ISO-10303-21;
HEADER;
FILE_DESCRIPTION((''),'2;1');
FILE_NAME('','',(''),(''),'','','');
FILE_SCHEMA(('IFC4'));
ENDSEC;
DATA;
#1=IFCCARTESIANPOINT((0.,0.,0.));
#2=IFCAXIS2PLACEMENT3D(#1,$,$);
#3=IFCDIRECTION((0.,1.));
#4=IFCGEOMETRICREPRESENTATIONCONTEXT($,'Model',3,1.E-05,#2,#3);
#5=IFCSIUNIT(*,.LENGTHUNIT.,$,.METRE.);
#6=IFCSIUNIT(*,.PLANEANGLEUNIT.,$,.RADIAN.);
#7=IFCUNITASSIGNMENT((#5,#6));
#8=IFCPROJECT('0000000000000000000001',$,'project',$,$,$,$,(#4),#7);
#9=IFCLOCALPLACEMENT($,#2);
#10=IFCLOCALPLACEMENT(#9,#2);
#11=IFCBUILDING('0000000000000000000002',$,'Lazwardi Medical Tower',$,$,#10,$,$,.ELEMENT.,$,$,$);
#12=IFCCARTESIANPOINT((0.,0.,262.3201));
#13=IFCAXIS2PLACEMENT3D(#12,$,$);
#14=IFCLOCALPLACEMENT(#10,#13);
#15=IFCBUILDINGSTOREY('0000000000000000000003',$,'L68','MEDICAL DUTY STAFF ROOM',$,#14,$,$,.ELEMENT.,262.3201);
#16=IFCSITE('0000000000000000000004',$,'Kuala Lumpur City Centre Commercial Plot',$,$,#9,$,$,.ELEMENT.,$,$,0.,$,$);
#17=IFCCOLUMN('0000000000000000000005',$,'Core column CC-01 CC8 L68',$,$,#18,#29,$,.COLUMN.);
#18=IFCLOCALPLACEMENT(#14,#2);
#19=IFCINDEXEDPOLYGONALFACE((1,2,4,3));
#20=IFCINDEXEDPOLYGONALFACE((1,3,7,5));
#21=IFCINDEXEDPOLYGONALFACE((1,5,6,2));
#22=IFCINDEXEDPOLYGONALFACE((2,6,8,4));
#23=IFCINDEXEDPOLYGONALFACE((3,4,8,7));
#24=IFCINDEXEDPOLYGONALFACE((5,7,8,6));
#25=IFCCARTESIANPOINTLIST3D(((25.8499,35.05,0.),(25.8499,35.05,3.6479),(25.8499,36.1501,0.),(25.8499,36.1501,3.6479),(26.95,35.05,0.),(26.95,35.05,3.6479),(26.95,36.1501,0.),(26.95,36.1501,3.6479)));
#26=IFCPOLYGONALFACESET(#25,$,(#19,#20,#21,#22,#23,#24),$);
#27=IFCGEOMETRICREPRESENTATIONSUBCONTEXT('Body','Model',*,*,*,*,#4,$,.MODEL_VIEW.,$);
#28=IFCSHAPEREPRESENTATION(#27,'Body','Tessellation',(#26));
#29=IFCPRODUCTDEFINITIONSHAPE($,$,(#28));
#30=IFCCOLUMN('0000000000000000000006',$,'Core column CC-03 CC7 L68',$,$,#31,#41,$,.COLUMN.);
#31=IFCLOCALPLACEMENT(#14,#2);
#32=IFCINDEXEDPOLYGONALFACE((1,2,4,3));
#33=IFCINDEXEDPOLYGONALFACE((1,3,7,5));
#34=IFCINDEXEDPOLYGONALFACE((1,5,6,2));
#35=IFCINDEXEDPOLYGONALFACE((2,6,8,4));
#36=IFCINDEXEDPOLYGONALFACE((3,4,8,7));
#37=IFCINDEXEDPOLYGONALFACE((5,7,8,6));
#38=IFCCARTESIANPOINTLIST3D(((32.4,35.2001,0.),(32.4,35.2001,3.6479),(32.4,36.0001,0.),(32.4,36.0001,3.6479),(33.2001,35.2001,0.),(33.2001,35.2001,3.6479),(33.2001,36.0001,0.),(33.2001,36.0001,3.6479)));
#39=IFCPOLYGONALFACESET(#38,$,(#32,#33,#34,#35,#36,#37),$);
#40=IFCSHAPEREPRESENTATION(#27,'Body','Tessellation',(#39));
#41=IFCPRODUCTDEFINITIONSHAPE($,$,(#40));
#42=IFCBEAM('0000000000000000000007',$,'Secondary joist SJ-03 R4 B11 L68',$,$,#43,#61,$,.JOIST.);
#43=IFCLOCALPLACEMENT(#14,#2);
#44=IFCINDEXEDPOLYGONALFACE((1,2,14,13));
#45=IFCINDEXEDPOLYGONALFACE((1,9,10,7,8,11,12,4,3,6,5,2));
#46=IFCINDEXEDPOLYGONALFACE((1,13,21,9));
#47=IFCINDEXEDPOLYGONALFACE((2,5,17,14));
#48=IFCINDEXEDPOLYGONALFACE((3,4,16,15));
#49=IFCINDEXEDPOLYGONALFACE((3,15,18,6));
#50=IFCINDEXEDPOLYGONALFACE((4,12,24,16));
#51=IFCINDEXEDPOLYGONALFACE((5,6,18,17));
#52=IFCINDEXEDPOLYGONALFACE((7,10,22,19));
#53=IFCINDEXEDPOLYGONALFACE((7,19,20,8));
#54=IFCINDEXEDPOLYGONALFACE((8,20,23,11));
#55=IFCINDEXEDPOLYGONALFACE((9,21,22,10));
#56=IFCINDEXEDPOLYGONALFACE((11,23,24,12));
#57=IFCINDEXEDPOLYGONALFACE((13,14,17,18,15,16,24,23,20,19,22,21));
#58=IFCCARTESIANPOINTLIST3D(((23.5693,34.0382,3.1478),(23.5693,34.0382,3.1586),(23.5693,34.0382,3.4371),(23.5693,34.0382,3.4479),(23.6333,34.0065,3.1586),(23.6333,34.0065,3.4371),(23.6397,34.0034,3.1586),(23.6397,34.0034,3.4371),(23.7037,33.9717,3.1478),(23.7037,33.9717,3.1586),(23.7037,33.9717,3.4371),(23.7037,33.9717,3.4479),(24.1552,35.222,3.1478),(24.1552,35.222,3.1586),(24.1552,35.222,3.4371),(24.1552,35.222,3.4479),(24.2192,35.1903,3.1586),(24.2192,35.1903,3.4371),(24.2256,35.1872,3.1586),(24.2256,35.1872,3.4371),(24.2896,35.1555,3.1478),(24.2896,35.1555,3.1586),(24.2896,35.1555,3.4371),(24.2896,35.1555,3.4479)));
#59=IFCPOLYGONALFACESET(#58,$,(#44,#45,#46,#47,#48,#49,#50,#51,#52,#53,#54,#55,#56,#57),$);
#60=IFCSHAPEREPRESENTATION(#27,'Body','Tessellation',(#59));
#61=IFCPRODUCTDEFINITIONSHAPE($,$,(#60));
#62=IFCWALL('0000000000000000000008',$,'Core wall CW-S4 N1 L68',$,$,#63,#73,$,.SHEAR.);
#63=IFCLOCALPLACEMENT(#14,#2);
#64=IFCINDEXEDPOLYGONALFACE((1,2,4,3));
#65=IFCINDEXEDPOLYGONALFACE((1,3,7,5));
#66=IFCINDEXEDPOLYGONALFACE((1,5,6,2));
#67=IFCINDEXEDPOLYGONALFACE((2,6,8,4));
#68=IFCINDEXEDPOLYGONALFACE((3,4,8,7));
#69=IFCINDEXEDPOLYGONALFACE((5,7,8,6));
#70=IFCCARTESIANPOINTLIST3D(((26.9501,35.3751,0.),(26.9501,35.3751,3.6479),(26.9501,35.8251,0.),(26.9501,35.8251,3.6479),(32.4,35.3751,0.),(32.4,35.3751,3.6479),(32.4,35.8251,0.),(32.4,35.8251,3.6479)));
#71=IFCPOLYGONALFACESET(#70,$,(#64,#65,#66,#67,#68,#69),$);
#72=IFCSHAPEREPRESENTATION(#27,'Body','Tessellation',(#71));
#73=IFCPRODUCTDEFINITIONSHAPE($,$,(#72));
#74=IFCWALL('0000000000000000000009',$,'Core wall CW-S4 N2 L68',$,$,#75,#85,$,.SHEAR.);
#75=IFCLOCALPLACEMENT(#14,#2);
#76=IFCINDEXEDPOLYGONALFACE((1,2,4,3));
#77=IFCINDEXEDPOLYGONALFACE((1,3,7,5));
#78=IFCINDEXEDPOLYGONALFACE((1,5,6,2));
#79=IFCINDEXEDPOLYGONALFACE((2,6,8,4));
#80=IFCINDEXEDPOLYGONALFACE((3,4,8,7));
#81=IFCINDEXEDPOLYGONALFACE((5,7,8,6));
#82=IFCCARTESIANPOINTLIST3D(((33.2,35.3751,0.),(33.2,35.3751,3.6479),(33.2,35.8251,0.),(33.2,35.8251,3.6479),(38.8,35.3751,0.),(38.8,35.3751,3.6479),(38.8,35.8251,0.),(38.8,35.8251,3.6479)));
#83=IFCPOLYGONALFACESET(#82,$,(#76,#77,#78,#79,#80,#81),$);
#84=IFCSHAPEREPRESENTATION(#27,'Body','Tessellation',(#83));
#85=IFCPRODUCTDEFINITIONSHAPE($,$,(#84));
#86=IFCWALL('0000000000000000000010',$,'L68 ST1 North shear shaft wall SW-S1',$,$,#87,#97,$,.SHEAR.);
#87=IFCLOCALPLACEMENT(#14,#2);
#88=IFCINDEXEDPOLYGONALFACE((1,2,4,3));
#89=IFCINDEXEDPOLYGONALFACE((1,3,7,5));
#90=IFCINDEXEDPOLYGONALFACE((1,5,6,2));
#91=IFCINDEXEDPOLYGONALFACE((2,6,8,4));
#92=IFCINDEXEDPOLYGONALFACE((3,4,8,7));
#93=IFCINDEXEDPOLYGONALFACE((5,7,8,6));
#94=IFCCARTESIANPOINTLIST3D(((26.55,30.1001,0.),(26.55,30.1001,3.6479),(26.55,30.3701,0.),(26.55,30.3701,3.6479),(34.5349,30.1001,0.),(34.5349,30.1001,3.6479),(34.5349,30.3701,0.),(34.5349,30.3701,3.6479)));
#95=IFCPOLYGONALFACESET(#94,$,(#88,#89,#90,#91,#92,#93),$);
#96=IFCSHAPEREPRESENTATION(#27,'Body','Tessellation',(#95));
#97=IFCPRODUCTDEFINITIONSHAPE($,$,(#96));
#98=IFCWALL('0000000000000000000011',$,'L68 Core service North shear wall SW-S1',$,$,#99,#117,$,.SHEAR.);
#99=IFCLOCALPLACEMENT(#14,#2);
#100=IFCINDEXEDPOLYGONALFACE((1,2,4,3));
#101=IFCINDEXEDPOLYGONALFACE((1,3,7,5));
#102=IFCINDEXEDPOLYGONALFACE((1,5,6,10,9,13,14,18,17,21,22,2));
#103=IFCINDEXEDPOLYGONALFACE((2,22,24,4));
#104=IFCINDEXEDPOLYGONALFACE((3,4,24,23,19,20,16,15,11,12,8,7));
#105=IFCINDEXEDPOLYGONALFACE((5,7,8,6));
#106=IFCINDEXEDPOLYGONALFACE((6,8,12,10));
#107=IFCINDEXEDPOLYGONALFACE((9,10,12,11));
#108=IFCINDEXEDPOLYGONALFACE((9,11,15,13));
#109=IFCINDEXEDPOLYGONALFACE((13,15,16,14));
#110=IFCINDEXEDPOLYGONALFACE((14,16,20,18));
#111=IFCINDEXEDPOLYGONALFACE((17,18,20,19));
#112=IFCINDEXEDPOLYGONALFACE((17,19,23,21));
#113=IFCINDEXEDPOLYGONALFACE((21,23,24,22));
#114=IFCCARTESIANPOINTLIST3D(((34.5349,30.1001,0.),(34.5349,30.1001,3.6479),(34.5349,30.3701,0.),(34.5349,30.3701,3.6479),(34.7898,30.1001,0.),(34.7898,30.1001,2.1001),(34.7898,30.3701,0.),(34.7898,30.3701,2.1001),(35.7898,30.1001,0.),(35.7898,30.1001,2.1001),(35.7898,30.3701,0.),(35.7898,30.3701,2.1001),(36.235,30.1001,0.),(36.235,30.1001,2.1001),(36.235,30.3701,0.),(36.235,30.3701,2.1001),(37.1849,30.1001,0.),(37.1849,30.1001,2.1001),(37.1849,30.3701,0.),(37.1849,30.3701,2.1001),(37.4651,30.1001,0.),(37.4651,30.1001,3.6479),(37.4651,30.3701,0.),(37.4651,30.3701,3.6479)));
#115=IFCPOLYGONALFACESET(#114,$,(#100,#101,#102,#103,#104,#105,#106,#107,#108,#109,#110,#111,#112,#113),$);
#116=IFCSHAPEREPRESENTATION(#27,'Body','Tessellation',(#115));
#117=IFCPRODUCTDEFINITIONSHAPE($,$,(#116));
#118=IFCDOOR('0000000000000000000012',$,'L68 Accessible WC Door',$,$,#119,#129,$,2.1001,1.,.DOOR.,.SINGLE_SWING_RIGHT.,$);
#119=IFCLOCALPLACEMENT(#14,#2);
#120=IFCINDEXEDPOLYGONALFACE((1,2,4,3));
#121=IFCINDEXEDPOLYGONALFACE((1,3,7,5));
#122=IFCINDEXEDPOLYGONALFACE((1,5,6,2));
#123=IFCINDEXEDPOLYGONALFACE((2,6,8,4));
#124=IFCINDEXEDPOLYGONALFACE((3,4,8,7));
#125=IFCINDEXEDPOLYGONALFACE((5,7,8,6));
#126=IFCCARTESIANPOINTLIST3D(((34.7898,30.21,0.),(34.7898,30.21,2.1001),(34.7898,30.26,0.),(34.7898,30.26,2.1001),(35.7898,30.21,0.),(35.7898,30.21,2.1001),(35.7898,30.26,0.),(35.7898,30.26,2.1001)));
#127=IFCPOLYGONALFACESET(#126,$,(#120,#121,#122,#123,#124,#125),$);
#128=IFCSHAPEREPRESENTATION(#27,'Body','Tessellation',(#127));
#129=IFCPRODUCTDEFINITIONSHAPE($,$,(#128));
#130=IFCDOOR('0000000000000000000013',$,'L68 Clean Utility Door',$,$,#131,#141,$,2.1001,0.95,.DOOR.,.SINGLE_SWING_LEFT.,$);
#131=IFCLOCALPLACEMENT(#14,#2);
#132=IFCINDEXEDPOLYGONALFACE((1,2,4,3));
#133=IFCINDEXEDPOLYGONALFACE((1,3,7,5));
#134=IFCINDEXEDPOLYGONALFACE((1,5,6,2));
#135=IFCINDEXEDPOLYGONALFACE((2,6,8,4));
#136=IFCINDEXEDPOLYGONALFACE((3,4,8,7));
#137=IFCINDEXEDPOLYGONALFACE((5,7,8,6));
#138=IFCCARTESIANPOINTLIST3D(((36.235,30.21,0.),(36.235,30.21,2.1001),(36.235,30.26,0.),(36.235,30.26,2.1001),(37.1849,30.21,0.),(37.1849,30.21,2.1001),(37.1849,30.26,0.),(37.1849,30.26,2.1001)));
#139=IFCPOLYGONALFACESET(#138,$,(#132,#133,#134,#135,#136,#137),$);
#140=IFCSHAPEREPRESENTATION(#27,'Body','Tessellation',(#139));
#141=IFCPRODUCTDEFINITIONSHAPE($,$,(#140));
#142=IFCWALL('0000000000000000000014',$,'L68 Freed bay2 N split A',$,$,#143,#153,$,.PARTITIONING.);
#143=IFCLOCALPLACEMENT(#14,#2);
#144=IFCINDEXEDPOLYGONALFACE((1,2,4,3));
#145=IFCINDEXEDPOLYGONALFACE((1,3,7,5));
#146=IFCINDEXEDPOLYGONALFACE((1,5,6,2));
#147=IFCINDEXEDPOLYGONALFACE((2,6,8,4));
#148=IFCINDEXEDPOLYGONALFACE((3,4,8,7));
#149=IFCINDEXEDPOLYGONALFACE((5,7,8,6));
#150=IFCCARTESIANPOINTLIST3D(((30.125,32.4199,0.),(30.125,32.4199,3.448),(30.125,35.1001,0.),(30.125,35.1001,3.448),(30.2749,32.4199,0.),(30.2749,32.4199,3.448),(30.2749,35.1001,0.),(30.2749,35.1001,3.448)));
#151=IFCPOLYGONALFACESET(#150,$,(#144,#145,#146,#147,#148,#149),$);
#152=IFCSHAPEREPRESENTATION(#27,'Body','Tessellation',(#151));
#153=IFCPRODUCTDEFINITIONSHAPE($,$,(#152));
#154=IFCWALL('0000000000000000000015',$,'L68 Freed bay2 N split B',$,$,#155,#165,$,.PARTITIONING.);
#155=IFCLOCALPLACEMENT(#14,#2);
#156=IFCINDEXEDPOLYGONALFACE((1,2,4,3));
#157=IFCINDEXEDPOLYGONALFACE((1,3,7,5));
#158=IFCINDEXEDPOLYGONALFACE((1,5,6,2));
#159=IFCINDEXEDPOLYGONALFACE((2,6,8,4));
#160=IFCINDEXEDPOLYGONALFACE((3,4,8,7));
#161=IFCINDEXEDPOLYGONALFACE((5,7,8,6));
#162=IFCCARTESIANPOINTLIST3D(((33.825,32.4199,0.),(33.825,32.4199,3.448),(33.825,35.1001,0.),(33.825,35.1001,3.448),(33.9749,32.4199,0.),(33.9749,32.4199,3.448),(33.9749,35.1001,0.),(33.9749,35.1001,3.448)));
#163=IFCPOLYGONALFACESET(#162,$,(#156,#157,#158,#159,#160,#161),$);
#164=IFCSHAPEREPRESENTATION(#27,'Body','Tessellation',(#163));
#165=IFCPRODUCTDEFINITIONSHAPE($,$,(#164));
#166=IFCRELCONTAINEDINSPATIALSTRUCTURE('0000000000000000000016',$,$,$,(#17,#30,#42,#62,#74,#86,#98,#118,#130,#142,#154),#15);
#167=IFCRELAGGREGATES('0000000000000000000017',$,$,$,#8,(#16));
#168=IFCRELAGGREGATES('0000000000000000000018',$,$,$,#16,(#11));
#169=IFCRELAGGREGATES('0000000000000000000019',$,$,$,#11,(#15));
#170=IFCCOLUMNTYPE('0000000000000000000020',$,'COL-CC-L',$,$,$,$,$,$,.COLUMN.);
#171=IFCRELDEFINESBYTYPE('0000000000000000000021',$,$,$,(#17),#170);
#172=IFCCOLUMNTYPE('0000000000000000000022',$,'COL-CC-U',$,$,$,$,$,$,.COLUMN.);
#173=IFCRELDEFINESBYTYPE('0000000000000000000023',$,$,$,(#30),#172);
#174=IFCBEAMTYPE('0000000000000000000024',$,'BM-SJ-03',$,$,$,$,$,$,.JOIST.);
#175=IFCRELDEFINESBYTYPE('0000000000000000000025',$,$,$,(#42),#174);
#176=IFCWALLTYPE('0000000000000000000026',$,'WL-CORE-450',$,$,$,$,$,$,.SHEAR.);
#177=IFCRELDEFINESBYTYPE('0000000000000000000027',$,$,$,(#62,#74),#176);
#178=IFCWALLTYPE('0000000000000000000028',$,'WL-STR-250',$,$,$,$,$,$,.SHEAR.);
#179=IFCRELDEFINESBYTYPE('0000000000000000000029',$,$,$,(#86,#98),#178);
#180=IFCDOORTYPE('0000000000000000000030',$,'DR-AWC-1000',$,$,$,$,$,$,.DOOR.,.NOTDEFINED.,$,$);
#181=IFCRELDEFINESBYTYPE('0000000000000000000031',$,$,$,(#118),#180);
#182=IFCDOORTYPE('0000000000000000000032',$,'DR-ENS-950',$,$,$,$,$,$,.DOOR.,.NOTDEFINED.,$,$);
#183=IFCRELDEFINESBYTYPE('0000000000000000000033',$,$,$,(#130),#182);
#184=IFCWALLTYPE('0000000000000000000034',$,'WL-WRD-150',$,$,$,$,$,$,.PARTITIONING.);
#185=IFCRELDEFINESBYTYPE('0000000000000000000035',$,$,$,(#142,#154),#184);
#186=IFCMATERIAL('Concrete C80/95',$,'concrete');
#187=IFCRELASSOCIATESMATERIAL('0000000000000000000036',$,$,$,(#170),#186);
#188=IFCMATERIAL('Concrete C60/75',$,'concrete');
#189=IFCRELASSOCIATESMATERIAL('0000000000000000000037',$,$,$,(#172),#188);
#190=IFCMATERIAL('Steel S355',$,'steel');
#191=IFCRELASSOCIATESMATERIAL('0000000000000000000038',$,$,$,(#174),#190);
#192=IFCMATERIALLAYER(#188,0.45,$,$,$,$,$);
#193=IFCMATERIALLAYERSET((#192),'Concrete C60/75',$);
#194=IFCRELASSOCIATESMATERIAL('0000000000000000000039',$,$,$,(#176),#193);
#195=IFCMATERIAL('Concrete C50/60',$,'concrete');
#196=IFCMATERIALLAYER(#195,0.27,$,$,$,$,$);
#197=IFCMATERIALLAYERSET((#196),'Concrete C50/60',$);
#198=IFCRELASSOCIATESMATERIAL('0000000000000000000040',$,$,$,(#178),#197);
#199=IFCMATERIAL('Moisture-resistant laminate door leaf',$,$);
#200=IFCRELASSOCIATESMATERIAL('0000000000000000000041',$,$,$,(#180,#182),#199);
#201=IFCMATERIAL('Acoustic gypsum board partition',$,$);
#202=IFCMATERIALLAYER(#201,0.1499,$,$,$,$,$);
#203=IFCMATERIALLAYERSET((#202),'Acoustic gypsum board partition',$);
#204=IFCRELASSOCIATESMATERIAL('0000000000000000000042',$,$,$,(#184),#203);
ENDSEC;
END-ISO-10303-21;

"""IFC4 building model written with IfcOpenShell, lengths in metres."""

from ifc_helpers import new_model, si_unit, direction, frame, frame_2d, origin, origin_2d, place, context, subcontext, project, spatial, rectangle, i_section, extrude, material, layer, layer_set, material_profile, profile_set, type_object, element, fill, save


model = new_model("IFC4")

# Units and contexts
model_context = context("Model", 3, precision=1e-05, world=origin(), true_north=direction((0.0, 1.0)))
body_context = subcontext(model_context, "Body", "Model", "MODEL_VIEW")
ifc_project = project(units=[si_unit("LENGTHUNIT", "METRE"), si_unit("PLANEANGLEUNIT", "RADIAN")], contexts=[model_context])

# Site, building, storey
site_placement = place(None, origin())
site = spatial("IfcSite", under=ifc_project, at=site_placement, Name="Kuala Lumpur City Centre Commercial Plot", CompositionType="ELEMENT", RefElevation=0.0)
building_placement = place(site_placement, origin())
building = spatial("IfcBuilding", under=site, at=building_placement, Name="Lazwardi Medical Tower", CompositionType="ELEMENT")
storey_placement = place(building_placement, frame((0.0, 0.0, 262.3201)))
storey = spatial("IfcBuildingStorey", under=building, at=storey_placement, Name="L68", Description="MEDICAL DUTY STAFF ROOM", CompositionType="ELEMENT", Elevation=262.3201)

# Columns
ifc_material_1 = material(Name="Concrete C80/95", Category="concrete")
ifc_material_profile_1 = material_profile(ifc_material_1, rectangle(XDim=1.1001, YDim=1.1001, at=origin_2d()), Name="RC 1100x1100")
ifc_profile_set_1 = profile_set([ifc_material_profile_1], Name="Concrete C80/95")
column_type_1 = type_object("IfcColumnType", Name="COL-CC-L", PredefinedType="COLUMN", material=ifc_profile_set_1)
column_1_placement = place(storey_placement, frame((26.3999, 35.6001, 0.0), z_axis=(0.0, 0.0, 1.0), x_axis=(1.0, 0.0, 0.0)))
element("IfcColumn", 1, at=column_1_placement, inside=storey, type_object=column_type_1, Name="Core column CC-01 CC8 L68", PredefinedType="COLUMN", context=body_context, shape_type="SweptSolid", body=[
    extrude(rectangle(XDim=1.1001, YDim=1.1001, at=origin_2d()), origin(), (0.0, 0.0, 1.0), 3.6479),
])
ifc_material_2 = material(Name="Concrete C60/75", Category="concrete")
ifc_material_profile_2 = material_profile(ifc_material_2, rectangle(XDim=0.8, YDim=0.8, at=origin_2d()), Name="RC 800x800")
ifc_profile_set_2 = profile_set([ifc_material_profile_2], Name="Concrete C60/75")
column_type_2 = type_object("IfcColumnType", Name="COL-CC-U", PredefinedType="COLUMN", material=ifc_profile_set_2)
column_2_placement = place(storey_placement, frame((32.8, 35.6001, 0.0), z_axis=(0.0, 0.0, 1.0), x_axis=(1.0, 0.0, 0.0)))
element("IfcColumn", 2, at=column_2_placement, inside=storey, type_object=column_type_2, Name="Core column CC-03 CC7 L68", PredefinedType="COLUMN", context=body_context, shape_type="SweptSolid", body=[
    extrude(rectangle(XDim=0.8, YDim=0.8, at=origin_2d()), origin(), (0.0, 0.0, 1.0), 3.6479),
])

# Beam
ifc_material_3 = material(Name="Steel S355", Category="steel")
ifc_material_profile_3 = material_profile(ifc_material_3, i_section(OverallWidth=0.1499, OverallDepth=0.3, WebThickness=0.0071, FlangeThickness=0.0107, at=origin_2d()), Name="IPE 300")
ifc_profile_set_3 = profile_set([ifc_material_profile_3], Name="Steel S355")
beam_type = type_object("IfcBeamType", Name="BM-SJ-03", PredefinedType="JOIST", material=ifc_profile_set_3)
beam_placement = place(storey_placement, frame((24.2224, 35.1887, 3.2979), z_axis=(-0.443587, -0.896231, 0.0), x_axis=(0.896231, -0.443587, 0.0)))
element("IfcBeam", 3, at=beam_placement, inside=storey, type_object=beam_type, Name="Secondary joist SJ-03 R4 B11 L68", PredefinedType="JOIST", context=body_context, shape_type="SweptSolid", body=[
    extrude(i_section(OverallWidth=0.1499, OverallDepth=0.3, WebThickness=0.0071, FlangeThickness=0.0107, at=origin_2d()), origin(), (0.0, 0.0, 1.0), 1.3208),
])

# Walls
ifc_layer_1 = layer(ifc_material_2, 0.45)
ifc_layer_set_1 = layer_set([ifc_layer_1], Name="Concrete C60/75")
wall_type_1 = type_object("IfcWallType", Name="WL-CORE-450", PredefinedType="SHEAR", material=ifc_layer_set_1)
wall_1_placement = place(storey_placement, frame((26.95, 35.6001, 0.0), z_axis=(0.0, 0.0, 1.0), x_axis=(1.0, 0.0, 0.0)))
element("IfcWall", 4, at=wall_1_placement, inside=storey, type_object=wall_type_1, Name="Core wall CW-S4 N1 L68", PredefinedType="SHEAR", context=body_context, shape_type="SweptSolid", body=[
    extrude(rectangle(XDim=5.45, YDim=0.45, at=frame_2d((2.7251, 0.0))), origin(), (0.0, 0.0, 1.0), 3.6479),
])
wall_2_placement = place(storey_placement, frame((33.2, 35.6001, 0.0), z_axis=(0.0, 0.0, 1.0), x_axis=(1.0, 0.0, 0.0)))
element("IfcWall", 5, at=wall_2_placement, inside=storey, type_object=wall_type_1, Name="Core wall CW-S4 N2 L68", PredefinedType="SHEAR", context=body_context, shape_type="SweptSolid", body=[
    extrude(rectangle(XDim=5.6001, YDim=0.45, at=frame_2d((2.8, 0.0))), origin(), (0.0, 0.0, 1.0), 3.6479),
])
ifc_material_4 = material(Name="Concrete C50/60", Category="concrete")
ifc_layer_2 = layer(ifc_material_4, 0.27)
ifc_layer_set_2 = layer_set([ifc_layer_2], Name="Concrete C50/60")
wall_type_2 = type_object("IfcWallType", Name="WL-STR-250", PredefinedType="SHEAR", material=ifc_layer_set_2)
wall_3_placement = place(storey_placement, frame((26.55, 30.2351, 0.0), z_axis=(0.0, 0.0, 1.0), x_axis=(1.0, 0.0, 0.0)))
element("IfcWall", 6, at=wall_3_placement, inside=storey, type_object=wall_type_2, Name="L68 ST1 North shear shaft wall SW-S1", PredefinedType="SHEAR", context=body_context, shape_type="SweptSolid", body=[
    extrude(rectangle(XDim=7.9849, YDim=0.27, at=frame_2d((3.9924, 0.0))), origin(), (0.0, 0.0, 1.0), 3.6479),
])

# Wall, openings, doors
wall_4_placement = place(storey_placement, frame((34.5349, 30.2351, 0.0), z_axis=(0.0, 0.0, 1.0), x_axis=(1.0, 0.0, 0.0)))
wall_4 = element("IfcWall", 7, at=wall_4_placement, inside=storey, type_object=wall_type_2, Name="L68 Core service North shear wall SW-S1", PredefinedType="SHEAR", context=body_context, shape_type="SweptSolid", body=[
    extrude(rectangle(XDim=2.9302, YDim=0.27, at=frame_2d((1.4651, 0.0))), origin(), (0.0, 0.0, 1.0), 3.6479),
])
opening_1_placement = place(wall_4_placement, frame((0.2549, 0.0, 0.0)))
opening_1 = element("IfcOpeningElement", 8, at=opening_1_placement, cuts=wall_4, PredefinedType="OPENING", context=body_context, shape_type="SweptSolid", body=[
    extrude(rectangle(XDim=1.0, YDim=2.1001, at=frame_2d((0.5, 1.05))), frame((0.0, 0.145, 0.0), z_axis=(0.0, -1.0, 0.0), x_axis=(1.0, 0.0, 0.0)), (0.0, 0.0, 1.0), 0.29),
])
opening_2_placement = place(wall_4_placement, frame((1.7, 0.0, 0.0)))
opening_2 = element("IfcOpeningElement", 9, at=opening_2_placement, cuts=wall_4, PredefinedType="OPENING", context=body_context, shape_type="SweptSolid", body=[
    extrude(rectangle(XDim=0.95, YDim=2.1001, at=frame_2d((0.4751, 1.05))), frame((0.0, 0.145, 0.0), z_axis=(0.0, -1.0, 0.0), x_axis=(1.0, 0.0, 0.0)), (0.0, 0.0, 1.0), 0.29),
])
ifc_material_5 = material(Name="Moisture-resistant laminate door leaf")
door_type_1 = type_object("IfcDoorType", Name="DR-AWC-1000", OperationType="NOTDEFINED", PredefinedType="DOOR", material=ifc_material_5)
door_1_placement = place(opening_1_placement, origin())
door_1 = element("IfcDoor", 10, at=door_1_placement, inside=storey, type_object=door_type_1, Name="L68 Accessible WC Door", OperationType="SINGLE_SWING_RIGHT", OverallHeight=2.1001, OverallWidth=1.0, PredefinedType="DOOR", context=body_context, shape_type="SweptSolid", body=[
    extrude(rectangle(XDim=1.0, YDim=2.1001, at=frame_2d((0.5, 1.05))), frame((0.0, 0.0249, 0.0), z_axis=(0.0, -1.0, 0.0), x_axis=(1.0, 0.0, 0.0)), (0.0, 0.0, 1.0), 0.05),
])
fill(opening_1, door_1)
door_type_2 = type_object("IfcDoorType", Name="DR-ENS-950", OperationType="NOTDEFINED", PredefinedType="DOOR", material=ifc_material_5)
door_2_placement = place(opening_2_placement, origin())
door_2 = element("IfcDoor", 11, at=door_2_placement, inside=storey, type_object=door_type_2, Name="L68 Clean Utility Door", OperationType="SINGLE_SWING_LEFT", OverallHeight=2.1001, OverallWidth=0.95, PredefinedType="DOOR", context=body_context, shape_type="SweptSolid", body=[
    extrude(rectangle(XDim=0.95, YDim=2.1001, at=frame_2d((0.4751, 1.05))), frame((0.0, 0.0249, 0.0), z_axis=(0.0, -1.0, 0.0), x_axis=(1.0, 0.0, 0.0)), (0.0, 0.0, 1.0), 0.05),
])
fill(opening_2, door_2)

# Walls
ifc_material_6 = material(Name="Acoustic gypsum board partition")
ifc_layer_3 = layer(ifc_material_6, 0.1499)
ifc_layer_set_3 = layer_set([ifc_layer_3], Name="Acoustic gypsum board partition")
wall_type_3 = type_object("IfcWallType", Name="WL-WRD-150", PredefinedType="PARTITIONING", material=ifc_layer_set_3)
for number, where, z_axis, x_axis, name in (
    (12, (30.2, 32.4199, 0.0), (0.0, 0.0, 1.0), (0.0, 1.0, 0.0), "L68 Freed bay2 N split A"),
    (13, (33.8999, 32.4199, 0.0), (0.0, 0.0, 1.0), (0.0, 1.0, 0.0), "L68 Freed bay2 N split B"),
):
    element("IfcWall", number, at=place(storey_placement, frame(where, z_axis=z_axis, x_axis=x_axis)), inside=storey, type_object=wall_type_3, Name=name, PredefinedType="PARTITIONING", context=body_context, shape_type="SweptSolid", body=[
        extrude(rectangle(XDim=2.6802, YDim=0.1499, at=frame_2d((1.3401, 0.0))), origin(), (0.0, 0.0, 1.0), 3.448),
    ])

save(model, "model.ifc")
